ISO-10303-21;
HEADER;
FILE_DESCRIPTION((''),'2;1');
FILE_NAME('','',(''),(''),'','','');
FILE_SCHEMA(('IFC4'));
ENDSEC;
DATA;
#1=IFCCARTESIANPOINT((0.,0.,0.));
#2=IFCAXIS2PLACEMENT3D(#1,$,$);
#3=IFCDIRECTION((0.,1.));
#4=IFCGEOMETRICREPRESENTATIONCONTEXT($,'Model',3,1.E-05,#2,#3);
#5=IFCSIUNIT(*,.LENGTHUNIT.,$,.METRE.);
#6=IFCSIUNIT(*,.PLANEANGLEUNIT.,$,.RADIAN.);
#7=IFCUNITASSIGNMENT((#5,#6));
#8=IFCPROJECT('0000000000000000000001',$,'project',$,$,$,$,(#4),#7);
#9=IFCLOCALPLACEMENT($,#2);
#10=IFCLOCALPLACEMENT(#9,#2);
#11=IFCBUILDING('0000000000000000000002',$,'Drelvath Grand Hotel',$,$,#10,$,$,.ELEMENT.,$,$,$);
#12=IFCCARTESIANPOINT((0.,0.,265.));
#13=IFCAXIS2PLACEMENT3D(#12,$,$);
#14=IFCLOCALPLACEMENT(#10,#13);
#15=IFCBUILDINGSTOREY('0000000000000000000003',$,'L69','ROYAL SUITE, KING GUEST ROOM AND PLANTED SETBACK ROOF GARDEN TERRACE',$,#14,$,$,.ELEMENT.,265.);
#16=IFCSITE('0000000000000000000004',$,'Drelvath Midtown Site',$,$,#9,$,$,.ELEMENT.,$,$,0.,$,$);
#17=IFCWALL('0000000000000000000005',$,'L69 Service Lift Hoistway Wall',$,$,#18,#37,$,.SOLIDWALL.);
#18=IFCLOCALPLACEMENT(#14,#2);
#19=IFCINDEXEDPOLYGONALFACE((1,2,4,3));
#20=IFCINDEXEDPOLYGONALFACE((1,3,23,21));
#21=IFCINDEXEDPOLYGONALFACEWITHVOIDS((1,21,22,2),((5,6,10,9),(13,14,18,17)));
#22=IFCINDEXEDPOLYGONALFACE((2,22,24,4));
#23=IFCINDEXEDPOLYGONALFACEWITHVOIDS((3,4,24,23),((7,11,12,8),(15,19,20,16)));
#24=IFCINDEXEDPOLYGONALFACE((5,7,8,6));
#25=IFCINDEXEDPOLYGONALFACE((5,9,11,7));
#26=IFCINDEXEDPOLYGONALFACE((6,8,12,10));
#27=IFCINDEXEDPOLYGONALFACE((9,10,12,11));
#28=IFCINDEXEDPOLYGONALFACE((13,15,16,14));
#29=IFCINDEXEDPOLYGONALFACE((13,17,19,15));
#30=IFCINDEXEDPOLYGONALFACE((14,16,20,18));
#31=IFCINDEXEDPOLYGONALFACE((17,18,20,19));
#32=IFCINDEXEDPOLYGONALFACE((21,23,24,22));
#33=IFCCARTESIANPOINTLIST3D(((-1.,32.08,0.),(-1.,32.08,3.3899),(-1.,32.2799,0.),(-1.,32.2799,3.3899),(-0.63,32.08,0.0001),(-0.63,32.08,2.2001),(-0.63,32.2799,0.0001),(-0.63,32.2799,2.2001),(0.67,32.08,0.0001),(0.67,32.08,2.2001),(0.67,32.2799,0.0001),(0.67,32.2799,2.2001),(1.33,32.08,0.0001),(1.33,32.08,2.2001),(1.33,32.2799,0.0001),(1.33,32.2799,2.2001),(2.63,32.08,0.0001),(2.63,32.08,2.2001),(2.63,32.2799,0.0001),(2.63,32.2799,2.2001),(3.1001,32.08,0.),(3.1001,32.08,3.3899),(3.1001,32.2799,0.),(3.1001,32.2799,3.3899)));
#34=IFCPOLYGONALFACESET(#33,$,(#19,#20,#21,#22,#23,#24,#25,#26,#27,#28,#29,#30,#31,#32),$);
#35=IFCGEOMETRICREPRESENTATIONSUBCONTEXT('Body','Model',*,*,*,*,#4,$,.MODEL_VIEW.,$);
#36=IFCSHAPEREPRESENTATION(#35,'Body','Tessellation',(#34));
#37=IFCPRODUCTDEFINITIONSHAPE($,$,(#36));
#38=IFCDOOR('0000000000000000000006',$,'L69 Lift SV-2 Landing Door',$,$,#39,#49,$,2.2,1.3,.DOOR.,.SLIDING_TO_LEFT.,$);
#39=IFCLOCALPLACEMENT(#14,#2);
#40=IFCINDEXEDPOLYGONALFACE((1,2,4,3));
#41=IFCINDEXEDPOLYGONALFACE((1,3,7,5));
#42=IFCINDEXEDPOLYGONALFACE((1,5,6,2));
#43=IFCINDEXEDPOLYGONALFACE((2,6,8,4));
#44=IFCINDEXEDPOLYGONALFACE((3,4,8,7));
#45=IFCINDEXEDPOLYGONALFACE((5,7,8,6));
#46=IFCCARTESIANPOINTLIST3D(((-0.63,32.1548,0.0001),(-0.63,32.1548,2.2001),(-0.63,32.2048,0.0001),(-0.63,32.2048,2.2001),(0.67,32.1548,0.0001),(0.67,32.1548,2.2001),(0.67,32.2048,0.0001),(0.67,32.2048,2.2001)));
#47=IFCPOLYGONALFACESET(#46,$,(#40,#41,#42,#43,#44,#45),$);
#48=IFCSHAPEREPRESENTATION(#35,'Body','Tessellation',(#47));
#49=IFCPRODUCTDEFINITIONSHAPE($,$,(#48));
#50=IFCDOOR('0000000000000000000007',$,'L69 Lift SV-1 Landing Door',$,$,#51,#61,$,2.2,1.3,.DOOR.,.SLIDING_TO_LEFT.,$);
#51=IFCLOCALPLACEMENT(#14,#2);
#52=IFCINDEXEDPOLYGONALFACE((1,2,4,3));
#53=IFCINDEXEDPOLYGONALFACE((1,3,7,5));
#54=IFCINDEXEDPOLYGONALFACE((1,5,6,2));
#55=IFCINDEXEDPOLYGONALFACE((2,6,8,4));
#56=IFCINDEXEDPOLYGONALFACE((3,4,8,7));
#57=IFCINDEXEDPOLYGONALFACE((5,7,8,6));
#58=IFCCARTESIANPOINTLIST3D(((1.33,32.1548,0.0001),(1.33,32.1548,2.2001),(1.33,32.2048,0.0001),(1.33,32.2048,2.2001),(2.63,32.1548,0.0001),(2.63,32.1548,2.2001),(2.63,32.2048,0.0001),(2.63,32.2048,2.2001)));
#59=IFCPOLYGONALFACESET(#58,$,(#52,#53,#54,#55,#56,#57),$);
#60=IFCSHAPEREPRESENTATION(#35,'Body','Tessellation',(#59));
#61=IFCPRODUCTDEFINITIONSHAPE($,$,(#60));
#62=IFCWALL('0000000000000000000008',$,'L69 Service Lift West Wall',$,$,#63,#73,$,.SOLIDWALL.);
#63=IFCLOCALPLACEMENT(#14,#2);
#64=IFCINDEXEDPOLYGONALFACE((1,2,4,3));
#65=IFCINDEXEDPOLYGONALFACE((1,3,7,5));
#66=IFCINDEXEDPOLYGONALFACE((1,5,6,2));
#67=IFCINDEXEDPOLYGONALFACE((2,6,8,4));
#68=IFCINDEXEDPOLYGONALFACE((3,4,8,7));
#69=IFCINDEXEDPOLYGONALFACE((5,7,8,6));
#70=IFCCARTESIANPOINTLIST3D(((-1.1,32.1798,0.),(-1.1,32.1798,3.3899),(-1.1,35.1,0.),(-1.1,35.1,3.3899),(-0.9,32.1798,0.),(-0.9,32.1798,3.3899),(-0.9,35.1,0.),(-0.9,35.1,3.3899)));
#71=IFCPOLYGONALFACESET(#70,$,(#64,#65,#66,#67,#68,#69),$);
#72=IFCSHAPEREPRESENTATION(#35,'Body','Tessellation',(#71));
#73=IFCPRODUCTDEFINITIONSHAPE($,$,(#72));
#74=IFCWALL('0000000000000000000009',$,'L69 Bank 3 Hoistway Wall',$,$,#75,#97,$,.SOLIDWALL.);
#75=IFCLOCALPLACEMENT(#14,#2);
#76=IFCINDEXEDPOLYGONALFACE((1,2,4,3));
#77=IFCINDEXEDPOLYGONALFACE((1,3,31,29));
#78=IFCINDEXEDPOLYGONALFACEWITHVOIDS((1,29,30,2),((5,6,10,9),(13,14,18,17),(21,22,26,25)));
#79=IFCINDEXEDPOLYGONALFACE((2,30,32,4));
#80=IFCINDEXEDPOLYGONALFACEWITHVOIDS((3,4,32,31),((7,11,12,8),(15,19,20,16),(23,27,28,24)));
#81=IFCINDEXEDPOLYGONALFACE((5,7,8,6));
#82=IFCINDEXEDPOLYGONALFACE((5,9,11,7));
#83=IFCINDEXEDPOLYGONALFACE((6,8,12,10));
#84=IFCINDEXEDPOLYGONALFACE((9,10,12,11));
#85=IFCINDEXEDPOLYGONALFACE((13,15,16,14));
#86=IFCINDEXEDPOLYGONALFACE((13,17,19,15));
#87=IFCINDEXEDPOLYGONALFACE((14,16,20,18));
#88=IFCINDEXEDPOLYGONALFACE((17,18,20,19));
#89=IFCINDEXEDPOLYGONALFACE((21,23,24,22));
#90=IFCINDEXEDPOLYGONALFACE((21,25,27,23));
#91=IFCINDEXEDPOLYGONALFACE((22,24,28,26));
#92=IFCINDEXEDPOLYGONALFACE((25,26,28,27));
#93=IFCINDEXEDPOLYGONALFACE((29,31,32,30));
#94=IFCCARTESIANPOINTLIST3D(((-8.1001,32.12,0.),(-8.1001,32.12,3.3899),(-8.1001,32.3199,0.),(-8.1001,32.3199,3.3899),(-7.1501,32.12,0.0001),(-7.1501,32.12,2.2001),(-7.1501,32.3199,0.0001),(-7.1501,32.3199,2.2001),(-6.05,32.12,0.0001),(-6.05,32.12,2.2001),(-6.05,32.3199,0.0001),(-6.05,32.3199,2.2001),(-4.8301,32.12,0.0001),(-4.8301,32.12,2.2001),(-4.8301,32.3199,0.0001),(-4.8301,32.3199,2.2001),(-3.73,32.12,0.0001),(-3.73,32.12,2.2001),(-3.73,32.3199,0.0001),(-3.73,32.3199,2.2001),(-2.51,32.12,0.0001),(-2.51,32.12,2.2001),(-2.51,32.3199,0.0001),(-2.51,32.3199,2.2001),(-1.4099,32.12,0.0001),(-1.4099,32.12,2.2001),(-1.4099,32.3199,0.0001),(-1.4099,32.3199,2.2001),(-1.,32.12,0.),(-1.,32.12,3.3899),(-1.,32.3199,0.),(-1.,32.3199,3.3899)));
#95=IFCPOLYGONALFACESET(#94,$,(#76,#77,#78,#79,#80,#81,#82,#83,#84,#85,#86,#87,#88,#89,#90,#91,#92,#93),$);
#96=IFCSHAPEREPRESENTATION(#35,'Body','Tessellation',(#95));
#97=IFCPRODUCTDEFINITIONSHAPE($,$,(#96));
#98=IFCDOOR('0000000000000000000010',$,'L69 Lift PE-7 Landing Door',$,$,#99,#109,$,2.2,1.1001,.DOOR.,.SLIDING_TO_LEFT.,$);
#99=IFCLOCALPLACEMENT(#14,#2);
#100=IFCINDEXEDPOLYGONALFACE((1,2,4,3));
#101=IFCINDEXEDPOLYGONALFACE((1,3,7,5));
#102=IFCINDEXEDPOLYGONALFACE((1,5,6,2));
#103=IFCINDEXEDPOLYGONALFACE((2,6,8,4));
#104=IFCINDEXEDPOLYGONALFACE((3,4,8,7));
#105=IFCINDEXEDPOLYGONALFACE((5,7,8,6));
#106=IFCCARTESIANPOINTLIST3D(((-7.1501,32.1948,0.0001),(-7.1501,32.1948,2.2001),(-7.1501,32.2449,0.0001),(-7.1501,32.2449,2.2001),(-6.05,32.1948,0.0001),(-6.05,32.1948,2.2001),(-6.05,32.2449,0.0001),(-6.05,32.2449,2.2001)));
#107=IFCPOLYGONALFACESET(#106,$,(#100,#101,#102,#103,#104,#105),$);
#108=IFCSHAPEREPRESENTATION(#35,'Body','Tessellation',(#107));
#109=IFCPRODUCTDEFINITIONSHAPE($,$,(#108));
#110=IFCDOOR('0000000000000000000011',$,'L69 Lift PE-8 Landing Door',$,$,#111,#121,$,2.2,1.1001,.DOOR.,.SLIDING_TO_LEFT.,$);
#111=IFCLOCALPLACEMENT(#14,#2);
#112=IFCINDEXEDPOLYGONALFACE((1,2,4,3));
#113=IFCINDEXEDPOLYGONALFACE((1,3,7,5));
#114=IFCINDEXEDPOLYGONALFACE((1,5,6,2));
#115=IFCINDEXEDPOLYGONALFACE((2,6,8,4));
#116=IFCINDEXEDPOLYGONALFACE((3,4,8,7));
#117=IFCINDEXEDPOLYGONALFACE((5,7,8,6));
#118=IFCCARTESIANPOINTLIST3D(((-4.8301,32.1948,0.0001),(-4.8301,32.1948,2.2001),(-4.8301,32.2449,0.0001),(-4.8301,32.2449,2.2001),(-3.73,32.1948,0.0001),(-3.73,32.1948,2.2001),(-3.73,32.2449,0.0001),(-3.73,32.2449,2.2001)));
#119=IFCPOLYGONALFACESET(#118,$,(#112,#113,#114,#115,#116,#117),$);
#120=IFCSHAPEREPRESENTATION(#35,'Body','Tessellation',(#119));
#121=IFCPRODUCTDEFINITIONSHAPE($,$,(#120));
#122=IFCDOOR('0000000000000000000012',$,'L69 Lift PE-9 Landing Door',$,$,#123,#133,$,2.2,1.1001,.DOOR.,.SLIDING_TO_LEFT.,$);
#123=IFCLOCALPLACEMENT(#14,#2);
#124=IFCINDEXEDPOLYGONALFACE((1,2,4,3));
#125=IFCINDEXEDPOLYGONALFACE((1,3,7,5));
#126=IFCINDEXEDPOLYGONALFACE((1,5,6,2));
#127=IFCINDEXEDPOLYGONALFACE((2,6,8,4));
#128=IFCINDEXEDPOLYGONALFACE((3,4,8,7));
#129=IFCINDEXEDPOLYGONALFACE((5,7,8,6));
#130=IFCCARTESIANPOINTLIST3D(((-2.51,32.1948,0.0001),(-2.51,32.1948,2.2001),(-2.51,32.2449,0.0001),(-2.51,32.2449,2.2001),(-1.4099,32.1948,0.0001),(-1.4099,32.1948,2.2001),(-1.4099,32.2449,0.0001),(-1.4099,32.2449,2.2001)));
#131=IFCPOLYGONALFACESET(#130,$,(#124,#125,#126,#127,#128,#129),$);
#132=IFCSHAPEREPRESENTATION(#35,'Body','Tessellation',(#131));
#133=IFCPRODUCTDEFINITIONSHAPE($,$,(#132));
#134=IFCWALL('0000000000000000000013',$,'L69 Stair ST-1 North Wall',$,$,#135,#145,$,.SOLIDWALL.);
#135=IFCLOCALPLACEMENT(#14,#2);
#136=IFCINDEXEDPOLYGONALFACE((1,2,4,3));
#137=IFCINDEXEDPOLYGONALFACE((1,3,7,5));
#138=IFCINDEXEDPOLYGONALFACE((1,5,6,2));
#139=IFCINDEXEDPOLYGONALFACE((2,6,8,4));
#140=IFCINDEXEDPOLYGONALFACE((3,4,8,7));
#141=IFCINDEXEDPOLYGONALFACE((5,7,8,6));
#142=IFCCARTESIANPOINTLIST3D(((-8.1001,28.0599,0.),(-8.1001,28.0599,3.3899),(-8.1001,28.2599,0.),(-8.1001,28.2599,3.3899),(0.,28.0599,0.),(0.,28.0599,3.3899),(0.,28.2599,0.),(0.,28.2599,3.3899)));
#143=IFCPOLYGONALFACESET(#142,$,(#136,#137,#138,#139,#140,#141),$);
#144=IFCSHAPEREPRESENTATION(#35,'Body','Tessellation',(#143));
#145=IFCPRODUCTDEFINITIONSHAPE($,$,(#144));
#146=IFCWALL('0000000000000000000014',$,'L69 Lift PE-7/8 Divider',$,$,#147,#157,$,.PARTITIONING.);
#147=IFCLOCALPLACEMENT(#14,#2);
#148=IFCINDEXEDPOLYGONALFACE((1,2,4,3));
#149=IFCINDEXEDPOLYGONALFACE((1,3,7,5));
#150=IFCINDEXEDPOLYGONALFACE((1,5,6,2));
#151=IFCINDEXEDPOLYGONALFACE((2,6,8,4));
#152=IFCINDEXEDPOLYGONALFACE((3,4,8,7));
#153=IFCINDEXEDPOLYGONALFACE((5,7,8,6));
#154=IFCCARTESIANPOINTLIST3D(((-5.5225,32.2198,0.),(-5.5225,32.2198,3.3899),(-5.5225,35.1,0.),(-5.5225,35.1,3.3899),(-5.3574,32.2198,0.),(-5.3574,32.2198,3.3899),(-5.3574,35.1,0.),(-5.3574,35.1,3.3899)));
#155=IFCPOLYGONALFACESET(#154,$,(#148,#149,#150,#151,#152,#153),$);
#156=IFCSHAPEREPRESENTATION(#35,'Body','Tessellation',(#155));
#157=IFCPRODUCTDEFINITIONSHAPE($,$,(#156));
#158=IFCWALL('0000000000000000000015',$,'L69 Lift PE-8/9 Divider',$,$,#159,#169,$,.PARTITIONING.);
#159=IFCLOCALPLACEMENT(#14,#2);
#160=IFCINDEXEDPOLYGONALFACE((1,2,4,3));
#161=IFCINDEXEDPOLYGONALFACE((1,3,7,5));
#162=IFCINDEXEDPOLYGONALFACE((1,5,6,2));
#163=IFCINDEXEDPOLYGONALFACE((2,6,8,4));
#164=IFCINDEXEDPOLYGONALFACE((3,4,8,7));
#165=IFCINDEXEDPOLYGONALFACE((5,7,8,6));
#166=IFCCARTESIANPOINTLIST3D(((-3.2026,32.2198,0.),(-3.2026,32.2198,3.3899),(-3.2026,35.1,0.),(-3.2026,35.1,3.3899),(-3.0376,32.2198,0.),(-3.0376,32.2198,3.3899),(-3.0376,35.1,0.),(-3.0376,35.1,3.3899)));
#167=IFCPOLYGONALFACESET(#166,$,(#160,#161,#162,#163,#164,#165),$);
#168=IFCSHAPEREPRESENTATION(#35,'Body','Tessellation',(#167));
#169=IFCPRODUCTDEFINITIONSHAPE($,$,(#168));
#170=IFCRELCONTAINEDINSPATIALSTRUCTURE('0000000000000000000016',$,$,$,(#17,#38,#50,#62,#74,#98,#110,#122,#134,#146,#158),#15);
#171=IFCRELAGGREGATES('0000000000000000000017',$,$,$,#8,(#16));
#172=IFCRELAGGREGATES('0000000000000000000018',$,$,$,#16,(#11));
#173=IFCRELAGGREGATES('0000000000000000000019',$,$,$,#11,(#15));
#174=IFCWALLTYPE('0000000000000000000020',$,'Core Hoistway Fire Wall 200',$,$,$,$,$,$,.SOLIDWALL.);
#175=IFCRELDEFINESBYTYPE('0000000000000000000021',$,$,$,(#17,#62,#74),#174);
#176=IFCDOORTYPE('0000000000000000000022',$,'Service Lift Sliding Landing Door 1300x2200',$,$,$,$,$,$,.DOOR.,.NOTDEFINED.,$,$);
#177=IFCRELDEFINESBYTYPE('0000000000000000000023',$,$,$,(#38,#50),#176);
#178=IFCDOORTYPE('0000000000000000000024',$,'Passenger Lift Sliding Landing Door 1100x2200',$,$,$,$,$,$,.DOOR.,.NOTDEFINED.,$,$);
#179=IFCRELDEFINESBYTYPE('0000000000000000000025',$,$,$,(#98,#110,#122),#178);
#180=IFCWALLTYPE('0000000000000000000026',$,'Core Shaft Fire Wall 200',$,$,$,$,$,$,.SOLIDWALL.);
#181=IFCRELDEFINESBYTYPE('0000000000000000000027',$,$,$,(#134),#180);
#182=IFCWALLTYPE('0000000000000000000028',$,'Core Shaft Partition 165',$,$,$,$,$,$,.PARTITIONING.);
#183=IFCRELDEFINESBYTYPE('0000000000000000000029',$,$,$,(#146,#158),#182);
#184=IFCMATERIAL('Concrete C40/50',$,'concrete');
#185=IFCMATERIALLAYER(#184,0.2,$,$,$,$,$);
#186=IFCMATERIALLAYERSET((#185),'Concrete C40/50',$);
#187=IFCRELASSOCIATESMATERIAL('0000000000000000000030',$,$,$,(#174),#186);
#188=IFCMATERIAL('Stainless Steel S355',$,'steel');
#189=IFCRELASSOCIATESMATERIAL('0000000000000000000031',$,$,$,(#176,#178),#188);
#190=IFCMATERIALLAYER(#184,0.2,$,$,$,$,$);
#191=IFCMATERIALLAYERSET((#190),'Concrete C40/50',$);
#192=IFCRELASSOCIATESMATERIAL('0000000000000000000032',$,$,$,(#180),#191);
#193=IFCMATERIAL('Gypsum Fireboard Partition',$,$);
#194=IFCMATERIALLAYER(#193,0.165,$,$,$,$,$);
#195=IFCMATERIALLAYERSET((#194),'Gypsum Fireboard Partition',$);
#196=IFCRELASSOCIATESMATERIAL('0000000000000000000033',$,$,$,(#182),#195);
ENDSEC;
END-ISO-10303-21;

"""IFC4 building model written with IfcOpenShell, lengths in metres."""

from ifc_helpers import new_model, si_unit, direction, frame, frame_2d, origin, place, context, subcontext, project, spatial, rectangle, extrude, material, layer, layer_set, type_object, element, fill, save


model = new_model("IFC4")

# Units and contexts
model_context = context("Model", 3, precision=1e-05, world=origin(), true_north=direction((0.0, 1.0)))
body_context = subcontext(model_context, "Body", "Model", "MODEL_VIEW")
ifc_project = project(units=[si_unit("LENGTHUNIT", "METRE"), si_unit("PLANEANGLEUNIT", "RADIAN")], contexts=[model_context])

# Site, building, storey
site_placement = place(None, origin())
site = spatial("IfcSite", under=ifc_project, at=site_placement, Name="Drelvath Midtown Site", CompositionType="ELEMENT", RefElevation=0.0)
building_placement = place(site_placement, origin())
building = spatial("IfcBuilding", under=site, at=building_placement, Name="Drelvath Grand Hotel", CompositionType="ELEMENT")
storey_placement = place(building_placement, frame((0.0, 0.0, 265.0)))
storey = spatial("IfcBuildingStorey", under=building, at=storey_placement, Name="L69", Description="ROYAL SUITE, KING GUEST ROOM AND PLANTED SETBACK ROOF GARDEN TERRACE", CompositionType="ELEMENT", Elevation=265.0)

# Wall, openings, doors
ifc_material_1 = material(Name="Concrete C40/50", Category="concrete")
ifc_layer_1 = layer(ifc_material_1, 0.2)
ifc_layer_set_1 = layer_set([ifc_layer_1], Name="Concrete C40/50")
wall_type_1 = type_object("IfcWallType", Name="Core Hoistway Fire Wall 200", PredefinedType="SOLIDWALL", material=ifc_layer_set_1)
wall_1_placement = place(storey_placement, frame((-1.0, 32.1799, 0.0), z_axis=(0.0, 0.0, 1.0), x_axis=(1.0, 0.0, 0.0)))
wall_1 = element("IfcWall", 1, at=wall_1_placement, inside=storey, type_object=wall_type_1, Name="L69 Service Lift Hoistway Wall", PredefinedType="SOLIDWALL", context=body_context, shape_type="SweptSolid", body=[
    extrude(rectangle(XDim=4.1001, YDim=0.2, at=frame_2d((2.05, 0.0))), origin(), (0.0, 0.0, 1.0), 3.3899),
])
opening_1_placement = place(wall_1_placement, frame((0.3701, 0.0, 0.0)))
opening_1 = element("IfcOpeningElement", 2, at=opening_1_placement, cuts=wall_1, PredefinedType="OPENING", context=body_context, shape_type="SweptSolid", body=[
    extrude(rectangle(XDim=1.3, YDim=2.2, at=frame_2d((0.6499, 1.1001))), frame((0.0, 0.1099, 0.0), z_axis=(0.0, -1.0, 0.0), x_axis=(1.0, 0.0, 0.0)), (0.0, 0.0, 1.0), 0.22),
])
opening_2_placement = place(wall_1_placement, frame((2.3301, 0.0, 0.0)))
opening_2 = element("IfcOpeningElement", 3, at=opening_2_placement, cuts=wall_1, PredefinedType="OPENING", context=body_context, shape_type="SweptSolid", body=[
    extrude(rectangle(XDim=1.3, YDim=2.2, at=frame_2d((0.6499, 1.1001))), frame((0.0, 0.1099, 0.0), z_axis=(0.0, -1.0, 0.0), x_axis=(1.0, 0.0, 0.0)), (0.0, 0.0, 1.0), 0.22),
])
ifc_material_2 = material(Name="Stainless Steel S355", Category="steel")
door_type_1 = type_object("IfcDoorType", Name="Service Lift Sliding Landing Door 1300x2200", OperationType="NOTDEFINED", PredefinedType="DOOR", material=ifc_material_2)
door_1_placement = place(opening_1_placement, origin())
door_1 = element("IfcDoor", 4, at=door_1_placement, inside=storey, type_object=door_type_1, Name="L69 Lift SV-2 Landing Door", OperationType="SLIDING_TO_LEFT", OverallHeight=2.2, OverallWidth=1.3, PredefinedType="DOOR", context=body_context, shape_type="SweptSolid", body=[
    extrude(rectangle(XDim=1.3, YDim=2.2, at=frame_2d((0.6499, 1.1001))), frame((0.0, 0.0249, 0.0), z_axis=(0.0, -1.0, 0.0), x_axis=(1.0, 0.0, 0.0)), (0.0, 0.0, 1.0), 0.05),
])
fill(opening_1, door_1)
door_2_placement = place(opening_2_placement, origin())
door_2 = element("IfcDoor", 5, at=door_2_placement, inside=storey, type_object=door_type_1, Name="L69 Lift SV-1 Landing Door", OperationType="SLIDING_TO_LEFT", OverallHeight=2.2, OverallWidth=1.3, PredefinedType="DOOR", context=body_context, shape_type="SweptSolid", body=[
    extrude(rectangle(XDim=1.3, YDim=2.2, at=frame_2d((0.6499, 1.1001))), frame((0.0, 0.0249, 0.0), z_axis=(0.0, -1.0, 0.0), x_axis=(1.0, 0.0, 0.0)), (0.0, 0.0, 1.0), 0.05),
])
fill(opening_2, door_2)

# Wall
wall_2_placement = place(storey_placement, frame((-1.0, 32.1799, 0.0), z_axis=(0.0, 0.0, 1.0), x_axis=(0.0, 1.0, 0.0)))
element("IfcWall", 6, at=wall_2_placement, inside=storey, type_object=wall_type_1, Name="L69 Service Lift West Wall", PredefinedType="SOLIDWALL", context=body_context, shape_type="SweptSolid", body=[
    extrude(rectangle(XDim=2.9202, YDim=0.2, at=frame_2d((1.46, 0.0))), origin(), (0.0, 0.0, 1.0), 3.3899),
])

# Wall, openings, doors
wall_3_placement = place(storey_placement, frame((-8.1001, 32.22, 0.0), z_axis=(0.0, 0.0, 1.0), x_axis=(1.0, 0.0, 0.0)))
wall_3 = element("IfcWall", 7, at=wall_3_placement, inside=storey, type_object=wall_type_1, Name="L69 Bank 3 Hoistway Wall", PredefinedType="SOLIDWALL", context=body_context, shape_type="SweptSolid", body=[
    extrude(rectangle(XDim=7.1001, YDim=0.2, at=frame_2d((3.55, 0.0))), origin(), (0.0, 0.0, 1.0), 3.3899),
])
opening_3_placement = place(wall_3_placement, frame((0.95, 0.0, 0.0)))
opening_3 = element("IfcOpeningElement", 8, at=opening_3_placement, cuts=wall_3, PredefinedType="OPENING", context=body_context, shape_type="SweptSolid", body=[
    extrude(rectangle(XDim=1.1001, YDim=2.2, at=frame_2d((0.55, 1.1001))), frame((0.0, 0.1099, 0.0), z_axis=(0.0, -1.0, 0.0), x_axis=(1.0, 0.0, 0.0)), (0.0, 0.0, 1.0), 0.22),
])
opening_4_placement = place(wall_3_placement, frame((3.27, 0.0, 0.0)))
opening_4 = element("IfcOpeningElement", 9, at=opening_4_placement, cuts=wall_3, PredefinedType="OPENING", context=body_context, shape_type="SweptSolid", body=[
    extrude(rectangle(XDim=1.1001, YDim=2.2, at=frame_2d((0.55, 1.1001))), frame((0.0, 0.1099, 0.0), z_axis=(0.0, -1.0, 0.0), x_axis=(1.0, 0.0, 0.0)), (0.0, 0.0, 1.0), 0.22),
])
opening_5_placement = place(wall_3_placement, frame((5.5901, 0.0, 0.0)))
opening_5 = element("IfcOpeningElement", 10, at=opening_5_placement, cuts=wall_3, PredefinedType="OPENING", context=body_context, shape_type="SweptSolid", body=[
    extrude(rectangle(XDim=1.1001, YDim=2.2, at=frame_2d((0.55, 1.1001))), frame((0.0, 0.1099, 0.0), z_axis=(0.0, -1.0, 0.0), x_axis=(1.0, 0.0, 0.0)), (0.0, 0.0, 1.0), 0.22),
])
door_type_2 = type_object("IfcDoorType", Name="Passenger Lift Sliding Landing Door 1100x2200", OperationType="NOTDEFINED", PredefinedType="DOOR", material=ifc_material_2)
door_3_placement = place(opening_3_placement, origin())
door_3 = element("IfcDoor", 11, at=door_3_placement, inside=storey, type_object=door_type_2, Name="L69 Lift PE-7 Landing Door", OperationType="SLIDING_TO_LEFT", OverallHeight=2.2, OverallWidth=1.1001, PredefinedType="DOOR", context=body_context, shape_type="SweptSolid", body=[
    extrude(rectangle(XDim=1.1001, YDim=2.2, at=frame_2d((0.55, 1.1001))), frame((0.0, 0.0249, 0.0), z_axis=(0.0, -1.0, 0.0), x_axis=(1.0, 0.0, 0.0)), (0.0, 0.0, 1.0), 0.05),
])
fill(opening_3, door_3)
door_4_placement = place(opening_4_placement, origin())
door_4 = element("IfcDoor", 12, at=door_4_placement, inside=storey, type_object=door_type_2, Name="L69 Lift PE-8 Landing Door", OperationType="SLIDING_TO_LEFT", OverallHeight=2.2, OverallWidth=1.1001, PredefinedType="DOOR", context=body_context, shape_type="SweptSolid", body=[
    extrude(rectangle(XDim=1.1001, YDim=2.2, at=frame_2d((0.55, 1.1001))), frame((0.0, 0.0249, 0.0), z_axis=(0.0, -1.0, 0.0), x_axis=(1.0, 0.0, 0.0)), (0.0, 0.0, 1.0), 0.05),
])
fill(opening_4, door_4)
door_5_placement = place(opening_5_placement, origin())
door_5 = element("IfcDoor", 13, at=door_5_placement, inside=storey, type_object=door_type_2, Name="L69 Lift PE-9 Landing Door", OperationType="SLIDING_TO_LEFT", OverallHeight=2.2, OverallWidth=1.1001, PredefinedType="DOOR", context=body_context, shape_type="SweptSolid", body=[
    extrude(rectangle(XDim=1.1001, YDim=2.2, at=frame_2d((0.55, 1.1001))), frame((0.0, 0.0249, 0.0), z_axis=(0.0, -1.0, 0.0), x_axis=(1.0, 0.0, 0.0)), (0.0, 0.0, 1.0), 0.05),
])
fill(opening_5, door_5)

# Walls
ifc_layer_2 = layer(ifc_material_1, 0.2)
ifc_layer_set_2 = layer_set([ifc_layer_2], Name="Concrete C40/50")
wall_type_2 = type_object("IfcWallType", Name="Core Shaft Fire Wall 200", PredefinedType="SOLIDWALL", material=ifc_layer_set_2)
wall_4_placement = place(storey_placement, frame((-8.1001, 28.1599, 0.0), z_axis=(0.0, 0.0, 1.0), x_axis=(1.0, 0.0, 0.0)))
element("IfcWall", 14, at=wall_4_placement, inside=storey, type_object=wall_type_2, Name="L69 Stair ST-1 North Wall", PredefinedType="SOLIDWALL", context=body_context, shape_type="SweptSolid", body=[
    extrude(rectangle(XDim=8.1001, YDim=0.2, at=frame_2d((4.05, 0.0))), origin(), (0.0, 0.0, 1.0), 3.3899),
])
ifc_material_3 = material(Name="Gypsum Fireboard Partition")
ifc_layer_3 = layer(ifc_material_3, 0.165)
ifc_layer_set_3 = layer_set([ifc_layer_3], Name="Gypsum Fireboard Partition")
wall_type_3 = type_object("IfcWallType", Name="Core Shaft Partition 165", PredefinedType="PARTITIONING", material=ifc_layer_set_3)
for number, where, z_axis, x_axis, name in (
    (15, (-5.4399, 32.22, 0.0), (0.0, 0.0, 1.0), (0.0, 1.0, 0.0), "L69 Lift PE-7/8 Divider"),
    (16, (-3.1201, 32.22, 0.0), (0.0, 0.0, 1.0), (0.0, 1.0, 0.0), "L69 Lift PE-8/9 Divider"),
):
    element("IfcWall", number, at=place(storey_placement, frame(where, z_axis=z_axis, x_axis=x_axis)), inside=storey, type_object=wall_type_3, Name=name, PredefinedType="PARTITIONING", context=body_context, shape_type="SweptSolid", body=[
        extrude(rectangle(XDim=2.8801, YDim=0.165, at=frame_2d((1.4399, 0.0))), origin(), (0.0, 0.0, 1.0), 3.3899),
    ])

save(model, "model.ifc")
